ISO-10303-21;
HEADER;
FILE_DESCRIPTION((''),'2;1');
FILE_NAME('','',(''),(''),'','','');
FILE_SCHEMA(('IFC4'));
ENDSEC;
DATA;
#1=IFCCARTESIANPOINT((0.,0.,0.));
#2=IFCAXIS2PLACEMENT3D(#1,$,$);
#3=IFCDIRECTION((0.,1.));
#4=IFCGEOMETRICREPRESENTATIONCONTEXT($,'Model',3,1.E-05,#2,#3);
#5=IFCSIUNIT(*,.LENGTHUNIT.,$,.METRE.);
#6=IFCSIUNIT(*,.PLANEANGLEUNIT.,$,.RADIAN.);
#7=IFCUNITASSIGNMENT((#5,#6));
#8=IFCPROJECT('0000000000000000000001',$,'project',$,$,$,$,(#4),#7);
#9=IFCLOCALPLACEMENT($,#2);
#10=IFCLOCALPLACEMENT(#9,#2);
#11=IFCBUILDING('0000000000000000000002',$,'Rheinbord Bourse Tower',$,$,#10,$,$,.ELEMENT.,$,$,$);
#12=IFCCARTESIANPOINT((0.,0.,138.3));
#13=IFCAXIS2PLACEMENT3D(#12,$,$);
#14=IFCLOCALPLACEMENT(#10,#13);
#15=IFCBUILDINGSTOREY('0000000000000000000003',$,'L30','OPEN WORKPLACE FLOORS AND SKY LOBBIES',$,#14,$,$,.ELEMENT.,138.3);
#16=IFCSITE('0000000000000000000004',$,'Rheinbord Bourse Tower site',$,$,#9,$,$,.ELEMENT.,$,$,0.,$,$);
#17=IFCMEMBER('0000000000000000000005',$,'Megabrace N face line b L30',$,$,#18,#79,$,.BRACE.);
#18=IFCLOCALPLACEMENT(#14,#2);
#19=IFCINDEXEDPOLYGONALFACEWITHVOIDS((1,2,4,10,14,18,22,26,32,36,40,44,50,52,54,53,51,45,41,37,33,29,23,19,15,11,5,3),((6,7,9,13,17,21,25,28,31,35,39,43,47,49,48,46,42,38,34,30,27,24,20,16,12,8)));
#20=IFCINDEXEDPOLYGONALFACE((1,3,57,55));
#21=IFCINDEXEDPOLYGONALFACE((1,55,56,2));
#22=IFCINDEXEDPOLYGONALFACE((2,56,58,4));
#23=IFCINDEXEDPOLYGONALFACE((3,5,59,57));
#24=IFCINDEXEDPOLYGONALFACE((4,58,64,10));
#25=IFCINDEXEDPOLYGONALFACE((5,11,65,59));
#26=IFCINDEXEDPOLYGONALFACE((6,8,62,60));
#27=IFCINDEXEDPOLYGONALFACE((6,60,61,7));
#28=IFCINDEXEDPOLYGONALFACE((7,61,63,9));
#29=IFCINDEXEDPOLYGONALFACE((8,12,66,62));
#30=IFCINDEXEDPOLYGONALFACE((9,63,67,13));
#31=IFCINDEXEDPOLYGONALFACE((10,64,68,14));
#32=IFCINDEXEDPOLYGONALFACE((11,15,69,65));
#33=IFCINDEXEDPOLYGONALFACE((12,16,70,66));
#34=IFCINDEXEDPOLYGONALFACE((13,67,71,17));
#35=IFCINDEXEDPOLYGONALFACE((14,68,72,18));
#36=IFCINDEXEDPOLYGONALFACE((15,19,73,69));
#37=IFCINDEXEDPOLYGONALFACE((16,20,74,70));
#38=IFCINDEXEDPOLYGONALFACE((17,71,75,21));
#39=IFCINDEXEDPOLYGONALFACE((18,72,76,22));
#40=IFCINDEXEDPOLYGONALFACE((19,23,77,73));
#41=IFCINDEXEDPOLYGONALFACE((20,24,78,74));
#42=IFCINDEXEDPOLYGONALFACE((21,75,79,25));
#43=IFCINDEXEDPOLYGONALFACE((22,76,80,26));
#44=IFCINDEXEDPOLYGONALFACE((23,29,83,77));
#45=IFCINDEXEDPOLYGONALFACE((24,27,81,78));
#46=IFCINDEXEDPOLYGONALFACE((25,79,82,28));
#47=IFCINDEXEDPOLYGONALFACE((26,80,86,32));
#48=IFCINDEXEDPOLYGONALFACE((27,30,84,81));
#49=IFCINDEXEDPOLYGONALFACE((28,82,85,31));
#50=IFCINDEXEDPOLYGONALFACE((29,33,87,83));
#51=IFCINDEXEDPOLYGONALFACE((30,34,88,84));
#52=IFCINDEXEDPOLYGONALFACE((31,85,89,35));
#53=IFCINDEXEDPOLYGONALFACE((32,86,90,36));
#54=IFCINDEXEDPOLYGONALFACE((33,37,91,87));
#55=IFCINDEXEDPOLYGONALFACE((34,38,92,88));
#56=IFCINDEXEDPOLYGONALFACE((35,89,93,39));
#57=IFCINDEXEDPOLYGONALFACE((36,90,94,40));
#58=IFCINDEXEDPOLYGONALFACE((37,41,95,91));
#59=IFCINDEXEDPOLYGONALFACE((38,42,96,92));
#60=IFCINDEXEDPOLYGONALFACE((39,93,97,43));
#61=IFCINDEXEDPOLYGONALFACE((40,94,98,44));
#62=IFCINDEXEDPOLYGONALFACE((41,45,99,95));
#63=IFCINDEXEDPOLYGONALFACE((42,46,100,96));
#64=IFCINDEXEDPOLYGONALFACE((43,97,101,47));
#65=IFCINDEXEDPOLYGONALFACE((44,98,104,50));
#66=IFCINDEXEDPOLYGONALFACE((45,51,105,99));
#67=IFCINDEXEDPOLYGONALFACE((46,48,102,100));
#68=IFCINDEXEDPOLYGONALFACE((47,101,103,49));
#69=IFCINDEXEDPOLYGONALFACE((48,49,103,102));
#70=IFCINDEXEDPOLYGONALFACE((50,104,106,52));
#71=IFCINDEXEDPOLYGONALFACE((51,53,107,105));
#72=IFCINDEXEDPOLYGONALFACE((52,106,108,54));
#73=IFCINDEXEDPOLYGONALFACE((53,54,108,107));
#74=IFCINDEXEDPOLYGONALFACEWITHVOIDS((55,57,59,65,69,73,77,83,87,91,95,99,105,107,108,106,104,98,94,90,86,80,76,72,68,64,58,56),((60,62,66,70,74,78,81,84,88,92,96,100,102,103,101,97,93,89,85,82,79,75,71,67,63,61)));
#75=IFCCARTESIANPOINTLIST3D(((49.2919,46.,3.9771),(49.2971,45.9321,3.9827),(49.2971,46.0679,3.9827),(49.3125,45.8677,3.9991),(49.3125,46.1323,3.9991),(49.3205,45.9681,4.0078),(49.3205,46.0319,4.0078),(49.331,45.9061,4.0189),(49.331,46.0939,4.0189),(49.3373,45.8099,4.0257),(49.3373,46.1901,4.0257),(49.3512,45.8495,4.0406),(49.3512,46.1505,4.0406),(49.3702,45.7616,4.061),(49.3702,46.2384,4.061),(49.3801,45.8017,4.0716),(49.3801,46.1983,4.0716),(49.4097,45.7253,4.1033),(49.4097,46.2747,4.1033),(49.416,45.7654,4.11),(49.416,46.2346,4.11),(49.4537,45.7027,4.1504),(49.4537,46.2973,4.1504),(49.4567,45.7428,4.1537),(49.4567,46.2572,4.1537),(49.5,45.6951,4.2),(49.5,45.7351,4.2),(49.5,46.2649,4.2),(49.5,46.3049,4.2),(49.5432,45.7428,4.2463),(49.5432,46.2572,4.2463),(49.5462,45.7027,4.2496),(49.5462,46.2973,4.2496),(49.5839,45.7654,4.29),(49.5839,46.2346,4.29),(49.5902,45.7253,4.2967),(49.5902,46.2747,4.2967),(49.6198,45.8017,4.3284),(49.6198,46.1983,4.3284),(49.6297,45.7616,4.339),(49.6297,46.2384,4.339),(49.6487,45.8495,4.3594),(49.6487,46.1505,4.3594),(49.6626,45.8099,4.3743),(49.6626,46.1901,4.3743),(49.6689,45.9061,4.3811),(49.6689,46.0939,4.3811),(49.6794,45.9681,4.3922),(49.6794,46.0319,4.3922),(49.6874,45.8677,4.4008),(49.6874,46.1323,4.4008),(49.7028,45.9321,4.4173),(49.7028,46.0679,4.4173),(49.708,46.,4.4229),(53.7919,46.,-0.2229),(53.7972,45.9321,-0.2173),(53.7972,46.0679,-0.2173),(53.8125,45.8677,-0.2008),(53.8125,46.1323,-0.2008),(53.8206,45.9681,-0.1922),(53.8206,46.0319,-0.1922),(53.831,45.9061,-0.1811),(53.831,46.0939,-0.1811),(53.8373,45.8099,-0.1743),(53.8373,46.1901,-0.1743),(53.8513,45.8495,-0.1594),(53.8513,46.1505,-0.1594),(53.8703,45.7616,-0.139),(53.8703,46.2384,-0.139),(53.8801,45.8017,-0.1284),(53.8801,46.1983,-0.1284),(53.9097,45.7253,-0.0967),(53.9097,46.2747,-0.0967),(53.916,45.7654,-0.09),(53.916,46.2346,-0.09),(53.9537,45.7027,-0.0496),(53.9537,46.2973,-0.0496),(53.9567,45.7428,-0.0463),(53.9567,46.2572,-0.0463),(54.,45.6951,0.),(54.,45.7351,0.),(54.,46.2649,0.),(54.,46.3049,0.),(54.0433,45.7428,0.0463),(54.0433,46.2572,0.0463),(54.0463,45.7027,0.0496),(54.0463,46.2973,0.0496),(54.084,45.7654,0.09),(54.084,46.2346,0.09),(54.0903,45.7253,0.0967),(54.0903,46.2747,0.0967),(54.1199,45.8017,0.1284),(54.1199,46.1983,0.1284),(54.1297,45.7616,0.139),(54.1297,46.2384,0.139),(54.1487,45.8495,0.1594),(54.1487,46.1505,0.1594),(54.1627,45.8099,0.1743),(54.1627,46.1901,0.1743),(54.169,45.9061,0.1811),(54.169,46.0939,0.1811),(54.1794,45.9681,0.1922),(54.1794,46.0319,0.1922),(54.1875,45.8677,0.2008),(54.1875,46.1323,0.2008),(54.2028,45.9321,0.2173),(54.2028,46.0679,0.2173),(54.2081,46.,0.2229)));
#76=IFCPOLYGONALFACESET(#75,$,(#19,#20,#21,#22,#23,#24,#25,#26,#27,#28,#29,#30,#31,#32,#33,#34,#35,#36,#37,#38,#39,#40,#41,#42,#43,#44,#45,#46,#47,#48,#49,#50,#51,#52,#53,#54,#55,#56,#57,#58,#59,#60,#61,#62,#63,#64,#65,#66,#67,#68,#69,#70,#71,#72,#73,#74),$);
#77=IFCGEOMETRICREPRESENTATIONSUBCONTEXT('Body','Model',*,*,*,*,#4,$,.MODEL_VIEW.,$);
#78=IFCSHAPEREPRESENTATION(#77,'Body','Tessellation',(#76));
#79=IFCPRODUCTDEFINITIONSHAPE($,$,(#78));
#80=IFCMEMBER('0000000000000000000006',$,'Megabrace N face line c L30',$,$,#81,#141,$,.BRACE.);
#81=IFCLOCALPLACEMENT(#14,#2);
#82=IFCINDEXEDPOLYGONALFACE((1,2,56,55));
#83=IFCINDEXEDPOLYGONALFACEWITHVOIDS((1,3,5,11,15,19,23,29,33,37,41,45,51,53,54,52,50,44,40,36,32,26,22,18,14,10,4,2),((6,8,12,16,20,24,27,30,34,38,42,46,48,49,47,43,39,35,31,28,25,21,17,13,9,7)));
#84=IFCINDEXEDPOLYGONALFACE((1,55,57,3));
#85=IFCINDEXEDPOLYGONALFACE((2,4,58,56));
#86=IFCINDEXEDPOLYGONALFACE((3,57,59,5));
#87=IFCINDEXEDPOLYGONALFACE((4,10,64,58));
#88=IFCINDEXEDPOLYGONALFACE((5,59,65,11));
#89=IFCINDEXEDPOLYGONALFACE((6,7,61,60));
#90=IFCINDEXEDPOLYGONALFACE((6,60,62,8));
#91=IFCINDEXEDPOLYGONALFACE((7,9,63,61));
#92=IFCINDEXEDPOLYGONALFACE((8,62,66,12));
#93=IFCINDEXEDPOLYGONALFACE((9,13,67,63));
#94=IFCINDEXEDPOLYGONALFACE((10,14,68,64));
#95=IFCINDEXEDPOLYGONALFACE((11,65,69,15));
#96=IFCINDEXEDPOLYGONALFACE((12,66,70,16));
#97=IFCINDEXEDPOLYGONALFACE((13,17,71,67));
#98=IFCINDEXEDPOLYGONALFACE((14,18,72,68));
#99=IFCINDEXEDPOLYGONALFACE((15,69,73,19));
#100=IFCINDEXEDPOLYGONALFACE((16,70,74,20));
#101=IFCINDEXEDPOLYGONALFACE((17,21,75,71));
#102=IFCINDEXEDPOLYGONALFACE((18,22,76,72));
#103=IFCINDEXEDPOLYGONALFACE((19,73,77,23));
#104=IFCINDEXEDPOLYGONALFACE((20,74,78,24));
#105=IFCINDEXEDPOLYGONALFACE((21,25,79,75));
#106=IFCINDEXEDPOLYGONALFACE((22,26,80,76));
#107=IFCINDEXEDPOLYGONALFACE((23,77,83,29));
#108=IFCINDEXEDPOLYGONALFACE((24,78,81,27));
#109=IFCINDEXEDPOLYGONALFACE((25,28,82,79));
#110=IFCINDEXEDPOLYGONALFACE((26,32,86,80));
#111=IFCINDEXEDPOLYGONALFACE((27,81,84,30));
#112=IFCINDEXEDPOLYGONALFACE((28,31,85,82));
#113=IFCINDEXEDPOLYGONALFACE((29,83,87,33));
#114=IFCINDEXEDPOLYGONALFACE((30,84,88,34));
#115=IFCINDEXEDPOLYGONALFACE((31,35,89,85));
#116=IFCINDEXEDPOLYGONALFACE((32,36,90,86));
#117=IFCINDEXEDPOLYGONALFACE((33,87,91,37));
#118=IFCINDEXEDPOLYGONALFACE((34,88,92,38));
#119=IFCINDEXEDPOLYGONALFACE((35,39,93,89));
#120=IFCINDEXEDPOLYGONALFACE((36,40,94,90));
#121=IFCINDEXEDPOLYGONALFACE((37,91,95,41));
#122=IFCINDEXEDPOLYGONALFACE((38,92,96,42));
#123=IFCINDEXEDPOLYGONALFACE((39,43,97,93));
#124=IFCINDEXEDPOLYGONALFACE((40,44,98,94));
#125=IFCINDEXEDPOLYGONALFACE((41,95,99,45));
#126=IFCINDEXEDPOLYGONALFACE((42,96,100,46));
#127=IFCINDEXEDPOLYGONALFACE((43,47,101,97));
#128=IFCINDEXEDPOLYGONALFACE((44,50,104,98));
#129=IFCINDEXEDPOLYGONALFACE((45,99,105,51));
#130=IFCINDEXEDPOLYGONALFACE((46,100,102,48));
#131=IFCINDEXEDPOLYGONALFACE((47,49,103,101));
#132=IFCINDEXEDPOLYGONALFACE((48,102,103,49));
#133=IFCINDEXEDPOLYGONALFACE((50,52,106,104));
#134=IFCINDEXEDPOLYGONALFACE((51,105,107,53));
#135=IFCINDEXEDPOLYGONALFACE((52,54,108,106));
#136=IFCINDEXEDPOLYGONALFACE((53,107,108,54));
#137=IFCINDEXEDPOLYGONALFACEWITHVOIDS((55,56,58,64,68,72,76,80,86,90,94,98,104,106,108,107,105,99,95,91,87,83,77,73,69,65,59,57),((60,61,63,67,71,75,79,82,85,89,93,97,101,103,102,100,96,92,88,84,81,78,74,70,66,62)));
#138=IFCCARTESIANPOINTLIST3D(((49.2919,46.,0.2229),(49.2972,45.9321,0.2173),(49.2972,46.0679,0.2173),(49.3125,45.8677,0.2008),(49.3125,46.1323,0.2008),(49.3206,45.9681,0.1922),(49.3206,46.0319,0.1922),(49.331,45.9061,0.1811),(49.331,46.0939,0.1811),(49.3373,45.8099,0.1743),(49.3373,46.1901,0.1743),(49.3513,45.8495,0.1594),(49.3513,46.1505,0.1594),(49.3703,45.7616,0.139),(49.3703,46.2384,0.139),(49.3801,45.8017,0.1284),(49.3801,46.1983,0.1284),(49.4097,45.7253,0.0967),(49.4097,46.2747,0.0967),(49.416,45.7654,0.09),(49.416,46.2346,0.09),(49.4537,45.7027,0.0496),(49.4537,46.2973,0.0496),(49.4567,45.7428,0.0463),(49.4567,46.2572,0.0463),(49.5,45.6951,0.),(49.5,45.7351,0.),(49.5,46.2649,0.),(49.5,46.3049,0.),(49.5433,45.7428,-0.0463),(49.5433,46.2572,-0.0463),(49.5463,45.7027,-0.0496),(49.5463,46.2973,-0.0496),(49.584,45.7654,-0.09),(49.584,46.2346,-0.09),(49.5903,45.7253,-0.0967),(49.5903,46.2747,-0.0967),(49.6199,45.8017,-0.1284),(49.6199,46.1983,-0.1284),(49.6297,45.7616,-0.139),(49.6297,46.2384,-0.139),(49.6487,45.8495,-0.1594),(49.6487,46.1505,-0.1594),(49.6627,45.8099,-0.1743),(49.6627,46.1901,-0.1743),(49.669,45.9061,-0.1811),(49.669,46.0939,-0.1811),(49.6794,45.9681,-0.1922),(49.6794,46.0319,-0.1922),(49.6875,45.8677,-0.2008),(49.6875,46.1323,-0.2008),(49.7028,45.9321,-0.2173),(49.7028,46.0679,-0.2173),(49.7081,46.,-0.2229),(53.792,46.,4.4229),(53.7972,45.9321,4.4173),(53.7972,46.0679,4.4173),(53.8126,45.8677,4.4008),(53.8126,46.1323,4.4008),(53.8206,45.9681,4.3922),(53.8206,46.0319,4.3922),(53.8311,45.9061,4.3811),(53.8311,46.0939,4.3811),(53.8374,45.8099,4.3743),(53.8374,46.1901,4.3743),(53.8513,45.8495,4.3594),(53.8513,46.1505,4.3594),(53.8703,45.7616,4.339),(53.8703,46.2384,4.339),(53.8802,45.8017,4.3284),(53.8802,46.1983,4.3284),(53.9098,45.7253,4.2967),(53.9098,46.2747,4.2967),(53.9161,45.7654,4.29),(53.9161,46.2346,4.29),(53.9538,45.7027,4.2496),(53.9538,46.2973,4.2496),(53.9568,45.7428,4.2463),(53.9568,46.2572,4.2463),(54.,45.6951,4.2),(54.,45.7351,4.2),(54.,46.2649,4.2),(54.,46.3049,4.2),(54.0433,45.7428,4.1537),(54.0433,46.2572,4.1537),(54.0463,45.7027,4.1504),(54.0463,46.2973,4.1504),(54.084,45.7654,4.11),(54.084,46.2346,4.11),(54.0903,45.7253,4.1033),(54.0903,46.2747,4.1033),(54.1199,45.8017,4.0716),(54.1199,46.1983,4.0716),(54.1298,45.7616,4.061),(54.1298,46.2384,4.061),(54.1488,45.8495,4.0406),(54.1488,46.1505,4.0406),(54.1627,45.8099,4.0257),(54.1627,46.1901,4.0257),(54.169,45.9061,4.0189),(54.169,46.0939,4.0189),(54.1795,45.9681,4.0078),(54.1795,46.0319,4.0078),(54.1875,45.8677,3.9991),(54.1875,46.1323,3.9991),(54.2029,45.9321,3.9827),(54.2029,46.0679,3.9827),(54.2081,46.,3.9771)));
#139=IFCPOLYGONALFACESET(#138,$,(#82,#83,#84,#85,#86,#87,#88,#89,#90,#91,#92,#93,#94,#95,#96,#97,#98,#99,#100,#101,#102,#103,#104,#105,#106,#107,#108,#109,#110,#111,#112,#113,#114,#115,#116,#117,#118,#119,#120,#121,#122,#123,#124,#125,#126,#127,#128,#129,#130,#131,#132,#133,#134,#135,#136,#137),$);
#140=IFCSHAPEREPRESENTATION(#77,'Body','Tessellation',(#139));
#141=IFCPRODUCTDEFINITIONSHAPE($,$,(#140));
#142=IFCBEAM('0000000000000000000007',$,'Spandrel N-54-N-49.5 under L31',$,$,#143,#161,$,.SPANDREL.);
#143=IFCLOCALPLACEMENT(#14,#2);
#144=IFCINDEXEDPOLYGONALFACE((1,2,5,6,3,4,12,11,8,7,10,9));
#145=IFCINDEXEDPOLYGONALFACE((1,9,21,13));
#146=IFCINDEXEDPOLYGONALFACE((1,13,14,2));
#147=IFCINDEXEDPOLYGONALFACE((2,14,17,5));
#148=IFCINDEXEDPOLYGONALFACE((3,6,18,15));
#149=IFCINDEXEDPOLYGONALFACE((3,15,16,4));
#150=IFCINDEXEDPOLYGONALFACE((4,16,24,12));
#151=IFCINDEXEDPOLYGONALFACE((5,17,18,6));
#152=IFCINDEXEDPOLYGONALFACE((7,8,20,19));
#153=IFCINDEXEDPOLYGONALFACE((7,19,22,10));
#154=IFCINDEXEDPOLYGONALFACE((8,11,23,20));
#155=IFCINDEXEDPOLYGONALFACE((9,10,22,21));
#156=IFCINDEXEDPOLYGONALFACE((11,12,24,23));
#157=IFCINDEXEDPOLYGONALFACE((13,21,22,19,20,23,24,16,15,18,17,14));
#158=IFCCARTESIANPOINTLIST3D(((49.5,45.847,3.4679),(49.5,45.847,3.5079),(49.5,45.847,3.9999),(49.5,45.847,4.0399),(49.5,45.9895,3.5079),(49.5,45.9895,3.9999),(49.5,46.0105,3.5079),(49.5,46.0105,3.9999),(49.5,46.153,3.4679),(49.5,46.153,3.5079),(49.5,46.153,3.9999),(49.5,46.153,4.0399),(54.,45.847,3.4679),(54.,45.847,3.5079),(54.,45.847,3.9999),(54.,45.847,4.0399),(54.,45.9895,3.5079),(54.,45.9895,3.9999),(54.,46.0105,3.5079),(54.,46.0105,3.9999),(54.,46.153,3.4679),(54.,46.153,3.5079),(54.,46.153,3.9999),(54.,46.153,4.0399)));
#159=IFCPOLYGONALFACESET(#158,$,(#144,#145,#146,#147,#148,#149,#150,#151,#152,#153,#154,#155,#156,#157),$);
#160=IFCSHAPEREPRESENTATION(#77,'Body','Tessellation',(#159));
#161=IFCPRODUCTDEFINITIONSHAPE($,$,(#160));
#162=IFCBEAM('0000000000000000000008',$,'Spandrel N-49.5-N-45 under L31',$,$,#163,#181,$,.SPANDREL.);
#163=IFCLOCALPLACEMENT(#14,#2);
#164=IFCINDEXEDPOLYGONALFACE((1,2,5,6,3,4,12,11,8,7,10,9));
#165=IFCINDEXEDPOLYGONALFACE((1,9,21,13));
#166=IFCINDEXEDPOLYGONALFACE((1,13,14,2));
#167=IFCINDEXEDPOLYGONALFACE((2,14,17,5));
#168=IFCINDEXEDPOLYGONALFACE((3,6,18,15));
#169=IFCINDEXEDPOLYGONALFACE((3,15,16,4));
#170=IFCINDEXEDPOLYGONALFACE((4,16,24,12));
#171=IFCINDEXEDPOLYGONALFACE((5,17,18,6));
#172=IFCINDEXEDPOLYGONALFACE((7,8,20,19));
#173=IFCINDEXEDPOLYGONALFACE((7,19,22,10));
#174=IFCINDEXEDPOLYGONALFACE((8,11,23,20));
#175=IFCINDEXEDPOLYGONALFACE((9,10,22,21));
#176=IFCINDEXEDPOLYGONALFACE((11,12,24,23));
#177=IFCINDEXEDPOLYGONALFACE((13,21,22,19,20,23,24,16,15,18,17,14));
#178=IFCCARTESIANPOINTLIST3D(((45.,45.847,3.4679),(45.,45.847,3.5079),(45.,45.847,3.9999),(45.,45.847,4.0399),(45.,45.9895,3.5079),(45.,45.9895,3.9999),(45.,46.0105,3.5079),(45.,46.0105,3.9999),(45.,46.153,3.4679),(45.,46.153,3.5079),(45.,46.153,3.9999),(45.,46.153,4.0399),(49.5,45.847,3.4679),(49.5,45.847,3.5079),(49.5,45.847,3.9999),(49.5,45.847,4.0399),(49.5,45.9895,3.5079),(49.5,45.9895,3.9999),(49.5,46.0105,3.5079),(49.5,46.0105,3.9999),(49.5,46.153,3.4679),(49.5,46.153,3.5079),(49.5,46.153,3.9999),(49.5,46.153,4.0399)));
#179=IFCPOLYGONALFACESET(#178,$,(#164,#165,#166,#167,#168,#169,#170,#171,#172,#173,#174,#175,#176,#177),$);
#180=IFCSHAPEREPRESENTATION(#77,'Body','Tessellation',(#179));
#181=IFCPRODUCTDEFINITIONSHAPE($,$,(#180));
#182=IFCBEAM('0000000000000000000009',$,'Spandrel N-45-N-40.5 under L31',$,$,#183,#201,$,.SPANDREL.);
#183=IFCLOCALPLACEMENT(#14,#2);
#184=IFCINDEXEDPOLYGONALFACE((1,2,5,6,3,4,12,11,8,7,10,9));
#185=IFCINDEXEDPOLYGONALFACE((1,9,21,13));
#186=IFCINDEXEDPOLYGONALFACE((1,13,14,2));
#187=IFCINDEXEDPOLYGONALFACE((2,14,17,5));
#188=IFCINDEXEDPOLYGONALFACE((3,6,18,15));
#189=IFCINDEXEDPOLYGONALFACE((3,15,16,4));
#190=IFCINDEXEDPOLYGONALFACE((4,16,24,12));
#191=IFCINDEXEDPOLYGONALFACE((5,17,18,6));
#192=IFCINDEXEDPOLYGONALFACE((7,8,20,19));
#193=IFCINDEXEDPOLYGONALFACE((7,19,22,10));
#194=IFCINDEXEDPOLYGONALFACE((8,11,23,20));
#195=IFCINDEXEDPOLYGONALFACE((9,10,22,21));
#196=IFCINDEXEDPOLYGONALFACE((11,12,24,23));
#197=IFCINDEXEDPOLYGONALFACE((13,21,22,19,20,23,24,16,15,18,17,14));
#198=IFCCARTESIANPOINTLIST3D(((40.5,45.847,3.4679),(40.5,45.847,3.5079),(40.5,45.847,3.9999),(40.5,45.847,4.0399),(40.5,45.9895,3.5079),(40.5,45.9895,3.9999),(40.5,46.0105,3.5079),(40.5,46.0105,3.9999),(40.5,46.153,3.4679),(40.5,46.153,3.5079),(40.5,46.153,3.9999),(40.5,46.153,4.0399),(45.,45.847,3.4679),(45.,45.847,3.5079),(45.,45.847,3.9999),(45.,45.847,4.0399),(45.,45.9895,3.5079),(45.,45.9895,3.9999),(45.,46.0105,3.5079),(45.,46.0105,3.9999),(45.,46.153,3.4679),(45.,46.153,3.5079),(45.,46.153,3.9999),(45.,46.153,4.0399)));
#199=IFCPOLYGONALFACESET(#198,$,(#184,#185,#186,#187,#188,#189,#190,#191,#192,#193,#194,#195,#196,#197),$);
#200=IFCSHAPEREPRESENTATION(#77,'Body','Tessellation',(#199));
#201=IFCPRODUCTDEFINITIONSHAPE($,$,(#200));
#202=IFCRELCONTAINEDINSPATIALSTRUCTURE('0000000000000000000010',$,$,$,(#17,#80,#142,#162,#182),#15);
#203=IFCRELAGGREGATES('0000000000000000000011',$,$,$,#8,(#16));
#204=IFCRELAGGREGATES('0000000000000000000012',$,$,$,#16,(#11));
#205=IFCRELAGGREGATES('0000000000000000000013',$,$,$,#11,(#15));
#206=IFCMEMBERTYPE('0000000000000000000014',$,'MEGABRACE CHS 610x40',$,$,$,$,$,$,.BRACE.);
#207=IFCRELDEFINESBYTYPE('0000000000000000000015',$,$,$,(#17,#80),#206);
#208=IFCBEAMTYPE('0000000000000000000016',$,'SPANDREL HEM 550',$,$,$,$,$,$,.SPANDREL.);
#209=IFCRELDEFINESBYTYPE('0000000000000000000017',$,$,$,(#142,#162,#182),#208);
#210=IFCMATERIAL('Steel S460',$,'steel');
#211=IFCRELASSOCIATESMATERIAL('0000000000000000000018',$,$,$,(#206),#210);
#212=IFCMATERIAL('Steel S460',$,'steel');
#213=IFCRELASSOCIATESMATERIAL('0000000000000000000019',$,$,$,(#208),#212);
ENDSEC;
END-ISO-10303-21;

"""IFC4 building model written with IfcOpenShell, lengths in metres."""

from ifc_helpers import new_model, si_unit, direction, frame, origin, origin_2d, place, context, subcontext, project, spatial, hollow_circle, i_section, extrude, material, material_profile, profile_set, type_object, element, save


model = new_model("IFC4")

# Units and contexts
model_context = context("Model", 3, precision=1e-05, world=origin(), true_north=direction((0.0, 1.0)))
body_context = subcontext(model_context, "Body", "Model", "MODEL_VIEW")
ifc_project = project(units=[si_unit("LENGTHUNIT", "METRE"), si_unit("PLANEANGLEUNIT", "RADIAN")], contexts=[model_context])

# Site, building, storey
site_placement = place(None, origin())
site = spatial("IfcSite", under=ifc_project, at=site_placement, Name="Rheinbord Bourse Tower site", CompositionType="ELEMENT", RefElevation=0.0)
building_placement = place(site_placement, origin())
building = spatial("IfcBuilding", under=site, at=building_placement, Name="Rheinbord Bourse Tower", CompositionType="ELEMENT")
storey_placement = place(building_placement, frame((0.0, 0.0, 138.3)))
storey = spatial("IfcBuildingStorey", under=building, at=storey_placement, Name="L30", Description="OPEN WORKPLACE FLOORS AND SKY LOBBIES", CompositionType="ELEMENT", Elevation=138.3)

# Members
ifc_material_1 = material(Name="Steel S460", Category="steel")
ifc_material_profile_1 = material_profile(ifc_material_1, hollow_circle(Radius=0.3049, WallThickness=0.04, at=origin_2d()), Name="CHS 610x40")
ifc_profile_set_1 = profile_set([ifc_material_profile_1], Name="Steel S460")
member_type_1 = type_object("IfcMemberType", Name="MEGABRACE CHS 610x40", PredefinedType="BRACE", material=ifc_profile_set_1)
for number, where, z_axis, x_axis, name in (
    (1, (54.0, 46.0, 0.0), (-0.731059, 0.0, 0.682314), (0.0, -1.0, 0.0), "Megabrace N face line b L30"),
    (2, (49.5, 46.0, 0.0), (0.731059, 0.0, 0.682314), (0.0, 1.0, 0.0), "Megabrace N face line c L30"),
):
    element("IfcMember", number, at=place(storey_placement, frame(where, z_axis=z_axis, x_axis=x_axis)), inside=storey, type_object=member_type_1, Name=name, PredefinedType="BRACE", context=body_context, shape_type="SweptSolid", body=[
        extrude(hollow_circle(Radius=0.3049, WallThickness=0.04, at=origin_2d()), origin(), (0.0, 0.0, 1.0), 6.1555),
    ])

# Beams
ifc_material_2 = material(Name="Steel S460", Category="steel")
ifc_material_profile_2 = material_profile(ifc_material_2, i_section(OverallWidth=0.3059, OverallDepth=0.572, WebThickness=0.021, FlangeThickness=0.04, at=origin_2d()), Name="HEM 550")
ifc_profile_set_2 = profile_set([ifc_material_profile_2], Name="Steel S460")
beam_type_1 = type_object("IfcBeamType", Name="SPANDREL HEM 550", PredefinedType="SPANDREL", material=ifc_profile_set_2)
for number, where, z_axis, x_axis, name in (
    (3, (54.0, 46.0, 3.7539), (-1.0, 0.0, 0.0), (0.0, -1.0, 0.0), "Spandrel N-54-N-49.5 under L31"),
    (4, (49.5, 46.0, 3.7539), (-1.0, 0.0, 0.0), (0.0, -1.0, 0.0), "Spandrel N-49.5-N-45 under L31"),
    (5, (45.0, 46.0, 3.7539), (-1.0, 0.0, 0.0), (0.0, -1.0, 0.0), "Spandrel N-45-N-40.5 under L31"),
):
    element("IfcBeam", number, at=place(storey_placement, frame(where, z_axis=z_axis, x_axis=x_axis)), inside=storey, type_object=beam_type_1, Name=name, PredefinedType="SPANDREL", context=body_context, shape_type="SweptSolid", body=[
        extrude(i_section(OverallWidth=0.3059, OverallDepth=0.572, WebThickness=0.021, FlangeThickness=0.04, at=origin_2d()), origin(), (0.0, 0.0, 1.0), 4.5),
    ])

save(model, "model.ifc")
